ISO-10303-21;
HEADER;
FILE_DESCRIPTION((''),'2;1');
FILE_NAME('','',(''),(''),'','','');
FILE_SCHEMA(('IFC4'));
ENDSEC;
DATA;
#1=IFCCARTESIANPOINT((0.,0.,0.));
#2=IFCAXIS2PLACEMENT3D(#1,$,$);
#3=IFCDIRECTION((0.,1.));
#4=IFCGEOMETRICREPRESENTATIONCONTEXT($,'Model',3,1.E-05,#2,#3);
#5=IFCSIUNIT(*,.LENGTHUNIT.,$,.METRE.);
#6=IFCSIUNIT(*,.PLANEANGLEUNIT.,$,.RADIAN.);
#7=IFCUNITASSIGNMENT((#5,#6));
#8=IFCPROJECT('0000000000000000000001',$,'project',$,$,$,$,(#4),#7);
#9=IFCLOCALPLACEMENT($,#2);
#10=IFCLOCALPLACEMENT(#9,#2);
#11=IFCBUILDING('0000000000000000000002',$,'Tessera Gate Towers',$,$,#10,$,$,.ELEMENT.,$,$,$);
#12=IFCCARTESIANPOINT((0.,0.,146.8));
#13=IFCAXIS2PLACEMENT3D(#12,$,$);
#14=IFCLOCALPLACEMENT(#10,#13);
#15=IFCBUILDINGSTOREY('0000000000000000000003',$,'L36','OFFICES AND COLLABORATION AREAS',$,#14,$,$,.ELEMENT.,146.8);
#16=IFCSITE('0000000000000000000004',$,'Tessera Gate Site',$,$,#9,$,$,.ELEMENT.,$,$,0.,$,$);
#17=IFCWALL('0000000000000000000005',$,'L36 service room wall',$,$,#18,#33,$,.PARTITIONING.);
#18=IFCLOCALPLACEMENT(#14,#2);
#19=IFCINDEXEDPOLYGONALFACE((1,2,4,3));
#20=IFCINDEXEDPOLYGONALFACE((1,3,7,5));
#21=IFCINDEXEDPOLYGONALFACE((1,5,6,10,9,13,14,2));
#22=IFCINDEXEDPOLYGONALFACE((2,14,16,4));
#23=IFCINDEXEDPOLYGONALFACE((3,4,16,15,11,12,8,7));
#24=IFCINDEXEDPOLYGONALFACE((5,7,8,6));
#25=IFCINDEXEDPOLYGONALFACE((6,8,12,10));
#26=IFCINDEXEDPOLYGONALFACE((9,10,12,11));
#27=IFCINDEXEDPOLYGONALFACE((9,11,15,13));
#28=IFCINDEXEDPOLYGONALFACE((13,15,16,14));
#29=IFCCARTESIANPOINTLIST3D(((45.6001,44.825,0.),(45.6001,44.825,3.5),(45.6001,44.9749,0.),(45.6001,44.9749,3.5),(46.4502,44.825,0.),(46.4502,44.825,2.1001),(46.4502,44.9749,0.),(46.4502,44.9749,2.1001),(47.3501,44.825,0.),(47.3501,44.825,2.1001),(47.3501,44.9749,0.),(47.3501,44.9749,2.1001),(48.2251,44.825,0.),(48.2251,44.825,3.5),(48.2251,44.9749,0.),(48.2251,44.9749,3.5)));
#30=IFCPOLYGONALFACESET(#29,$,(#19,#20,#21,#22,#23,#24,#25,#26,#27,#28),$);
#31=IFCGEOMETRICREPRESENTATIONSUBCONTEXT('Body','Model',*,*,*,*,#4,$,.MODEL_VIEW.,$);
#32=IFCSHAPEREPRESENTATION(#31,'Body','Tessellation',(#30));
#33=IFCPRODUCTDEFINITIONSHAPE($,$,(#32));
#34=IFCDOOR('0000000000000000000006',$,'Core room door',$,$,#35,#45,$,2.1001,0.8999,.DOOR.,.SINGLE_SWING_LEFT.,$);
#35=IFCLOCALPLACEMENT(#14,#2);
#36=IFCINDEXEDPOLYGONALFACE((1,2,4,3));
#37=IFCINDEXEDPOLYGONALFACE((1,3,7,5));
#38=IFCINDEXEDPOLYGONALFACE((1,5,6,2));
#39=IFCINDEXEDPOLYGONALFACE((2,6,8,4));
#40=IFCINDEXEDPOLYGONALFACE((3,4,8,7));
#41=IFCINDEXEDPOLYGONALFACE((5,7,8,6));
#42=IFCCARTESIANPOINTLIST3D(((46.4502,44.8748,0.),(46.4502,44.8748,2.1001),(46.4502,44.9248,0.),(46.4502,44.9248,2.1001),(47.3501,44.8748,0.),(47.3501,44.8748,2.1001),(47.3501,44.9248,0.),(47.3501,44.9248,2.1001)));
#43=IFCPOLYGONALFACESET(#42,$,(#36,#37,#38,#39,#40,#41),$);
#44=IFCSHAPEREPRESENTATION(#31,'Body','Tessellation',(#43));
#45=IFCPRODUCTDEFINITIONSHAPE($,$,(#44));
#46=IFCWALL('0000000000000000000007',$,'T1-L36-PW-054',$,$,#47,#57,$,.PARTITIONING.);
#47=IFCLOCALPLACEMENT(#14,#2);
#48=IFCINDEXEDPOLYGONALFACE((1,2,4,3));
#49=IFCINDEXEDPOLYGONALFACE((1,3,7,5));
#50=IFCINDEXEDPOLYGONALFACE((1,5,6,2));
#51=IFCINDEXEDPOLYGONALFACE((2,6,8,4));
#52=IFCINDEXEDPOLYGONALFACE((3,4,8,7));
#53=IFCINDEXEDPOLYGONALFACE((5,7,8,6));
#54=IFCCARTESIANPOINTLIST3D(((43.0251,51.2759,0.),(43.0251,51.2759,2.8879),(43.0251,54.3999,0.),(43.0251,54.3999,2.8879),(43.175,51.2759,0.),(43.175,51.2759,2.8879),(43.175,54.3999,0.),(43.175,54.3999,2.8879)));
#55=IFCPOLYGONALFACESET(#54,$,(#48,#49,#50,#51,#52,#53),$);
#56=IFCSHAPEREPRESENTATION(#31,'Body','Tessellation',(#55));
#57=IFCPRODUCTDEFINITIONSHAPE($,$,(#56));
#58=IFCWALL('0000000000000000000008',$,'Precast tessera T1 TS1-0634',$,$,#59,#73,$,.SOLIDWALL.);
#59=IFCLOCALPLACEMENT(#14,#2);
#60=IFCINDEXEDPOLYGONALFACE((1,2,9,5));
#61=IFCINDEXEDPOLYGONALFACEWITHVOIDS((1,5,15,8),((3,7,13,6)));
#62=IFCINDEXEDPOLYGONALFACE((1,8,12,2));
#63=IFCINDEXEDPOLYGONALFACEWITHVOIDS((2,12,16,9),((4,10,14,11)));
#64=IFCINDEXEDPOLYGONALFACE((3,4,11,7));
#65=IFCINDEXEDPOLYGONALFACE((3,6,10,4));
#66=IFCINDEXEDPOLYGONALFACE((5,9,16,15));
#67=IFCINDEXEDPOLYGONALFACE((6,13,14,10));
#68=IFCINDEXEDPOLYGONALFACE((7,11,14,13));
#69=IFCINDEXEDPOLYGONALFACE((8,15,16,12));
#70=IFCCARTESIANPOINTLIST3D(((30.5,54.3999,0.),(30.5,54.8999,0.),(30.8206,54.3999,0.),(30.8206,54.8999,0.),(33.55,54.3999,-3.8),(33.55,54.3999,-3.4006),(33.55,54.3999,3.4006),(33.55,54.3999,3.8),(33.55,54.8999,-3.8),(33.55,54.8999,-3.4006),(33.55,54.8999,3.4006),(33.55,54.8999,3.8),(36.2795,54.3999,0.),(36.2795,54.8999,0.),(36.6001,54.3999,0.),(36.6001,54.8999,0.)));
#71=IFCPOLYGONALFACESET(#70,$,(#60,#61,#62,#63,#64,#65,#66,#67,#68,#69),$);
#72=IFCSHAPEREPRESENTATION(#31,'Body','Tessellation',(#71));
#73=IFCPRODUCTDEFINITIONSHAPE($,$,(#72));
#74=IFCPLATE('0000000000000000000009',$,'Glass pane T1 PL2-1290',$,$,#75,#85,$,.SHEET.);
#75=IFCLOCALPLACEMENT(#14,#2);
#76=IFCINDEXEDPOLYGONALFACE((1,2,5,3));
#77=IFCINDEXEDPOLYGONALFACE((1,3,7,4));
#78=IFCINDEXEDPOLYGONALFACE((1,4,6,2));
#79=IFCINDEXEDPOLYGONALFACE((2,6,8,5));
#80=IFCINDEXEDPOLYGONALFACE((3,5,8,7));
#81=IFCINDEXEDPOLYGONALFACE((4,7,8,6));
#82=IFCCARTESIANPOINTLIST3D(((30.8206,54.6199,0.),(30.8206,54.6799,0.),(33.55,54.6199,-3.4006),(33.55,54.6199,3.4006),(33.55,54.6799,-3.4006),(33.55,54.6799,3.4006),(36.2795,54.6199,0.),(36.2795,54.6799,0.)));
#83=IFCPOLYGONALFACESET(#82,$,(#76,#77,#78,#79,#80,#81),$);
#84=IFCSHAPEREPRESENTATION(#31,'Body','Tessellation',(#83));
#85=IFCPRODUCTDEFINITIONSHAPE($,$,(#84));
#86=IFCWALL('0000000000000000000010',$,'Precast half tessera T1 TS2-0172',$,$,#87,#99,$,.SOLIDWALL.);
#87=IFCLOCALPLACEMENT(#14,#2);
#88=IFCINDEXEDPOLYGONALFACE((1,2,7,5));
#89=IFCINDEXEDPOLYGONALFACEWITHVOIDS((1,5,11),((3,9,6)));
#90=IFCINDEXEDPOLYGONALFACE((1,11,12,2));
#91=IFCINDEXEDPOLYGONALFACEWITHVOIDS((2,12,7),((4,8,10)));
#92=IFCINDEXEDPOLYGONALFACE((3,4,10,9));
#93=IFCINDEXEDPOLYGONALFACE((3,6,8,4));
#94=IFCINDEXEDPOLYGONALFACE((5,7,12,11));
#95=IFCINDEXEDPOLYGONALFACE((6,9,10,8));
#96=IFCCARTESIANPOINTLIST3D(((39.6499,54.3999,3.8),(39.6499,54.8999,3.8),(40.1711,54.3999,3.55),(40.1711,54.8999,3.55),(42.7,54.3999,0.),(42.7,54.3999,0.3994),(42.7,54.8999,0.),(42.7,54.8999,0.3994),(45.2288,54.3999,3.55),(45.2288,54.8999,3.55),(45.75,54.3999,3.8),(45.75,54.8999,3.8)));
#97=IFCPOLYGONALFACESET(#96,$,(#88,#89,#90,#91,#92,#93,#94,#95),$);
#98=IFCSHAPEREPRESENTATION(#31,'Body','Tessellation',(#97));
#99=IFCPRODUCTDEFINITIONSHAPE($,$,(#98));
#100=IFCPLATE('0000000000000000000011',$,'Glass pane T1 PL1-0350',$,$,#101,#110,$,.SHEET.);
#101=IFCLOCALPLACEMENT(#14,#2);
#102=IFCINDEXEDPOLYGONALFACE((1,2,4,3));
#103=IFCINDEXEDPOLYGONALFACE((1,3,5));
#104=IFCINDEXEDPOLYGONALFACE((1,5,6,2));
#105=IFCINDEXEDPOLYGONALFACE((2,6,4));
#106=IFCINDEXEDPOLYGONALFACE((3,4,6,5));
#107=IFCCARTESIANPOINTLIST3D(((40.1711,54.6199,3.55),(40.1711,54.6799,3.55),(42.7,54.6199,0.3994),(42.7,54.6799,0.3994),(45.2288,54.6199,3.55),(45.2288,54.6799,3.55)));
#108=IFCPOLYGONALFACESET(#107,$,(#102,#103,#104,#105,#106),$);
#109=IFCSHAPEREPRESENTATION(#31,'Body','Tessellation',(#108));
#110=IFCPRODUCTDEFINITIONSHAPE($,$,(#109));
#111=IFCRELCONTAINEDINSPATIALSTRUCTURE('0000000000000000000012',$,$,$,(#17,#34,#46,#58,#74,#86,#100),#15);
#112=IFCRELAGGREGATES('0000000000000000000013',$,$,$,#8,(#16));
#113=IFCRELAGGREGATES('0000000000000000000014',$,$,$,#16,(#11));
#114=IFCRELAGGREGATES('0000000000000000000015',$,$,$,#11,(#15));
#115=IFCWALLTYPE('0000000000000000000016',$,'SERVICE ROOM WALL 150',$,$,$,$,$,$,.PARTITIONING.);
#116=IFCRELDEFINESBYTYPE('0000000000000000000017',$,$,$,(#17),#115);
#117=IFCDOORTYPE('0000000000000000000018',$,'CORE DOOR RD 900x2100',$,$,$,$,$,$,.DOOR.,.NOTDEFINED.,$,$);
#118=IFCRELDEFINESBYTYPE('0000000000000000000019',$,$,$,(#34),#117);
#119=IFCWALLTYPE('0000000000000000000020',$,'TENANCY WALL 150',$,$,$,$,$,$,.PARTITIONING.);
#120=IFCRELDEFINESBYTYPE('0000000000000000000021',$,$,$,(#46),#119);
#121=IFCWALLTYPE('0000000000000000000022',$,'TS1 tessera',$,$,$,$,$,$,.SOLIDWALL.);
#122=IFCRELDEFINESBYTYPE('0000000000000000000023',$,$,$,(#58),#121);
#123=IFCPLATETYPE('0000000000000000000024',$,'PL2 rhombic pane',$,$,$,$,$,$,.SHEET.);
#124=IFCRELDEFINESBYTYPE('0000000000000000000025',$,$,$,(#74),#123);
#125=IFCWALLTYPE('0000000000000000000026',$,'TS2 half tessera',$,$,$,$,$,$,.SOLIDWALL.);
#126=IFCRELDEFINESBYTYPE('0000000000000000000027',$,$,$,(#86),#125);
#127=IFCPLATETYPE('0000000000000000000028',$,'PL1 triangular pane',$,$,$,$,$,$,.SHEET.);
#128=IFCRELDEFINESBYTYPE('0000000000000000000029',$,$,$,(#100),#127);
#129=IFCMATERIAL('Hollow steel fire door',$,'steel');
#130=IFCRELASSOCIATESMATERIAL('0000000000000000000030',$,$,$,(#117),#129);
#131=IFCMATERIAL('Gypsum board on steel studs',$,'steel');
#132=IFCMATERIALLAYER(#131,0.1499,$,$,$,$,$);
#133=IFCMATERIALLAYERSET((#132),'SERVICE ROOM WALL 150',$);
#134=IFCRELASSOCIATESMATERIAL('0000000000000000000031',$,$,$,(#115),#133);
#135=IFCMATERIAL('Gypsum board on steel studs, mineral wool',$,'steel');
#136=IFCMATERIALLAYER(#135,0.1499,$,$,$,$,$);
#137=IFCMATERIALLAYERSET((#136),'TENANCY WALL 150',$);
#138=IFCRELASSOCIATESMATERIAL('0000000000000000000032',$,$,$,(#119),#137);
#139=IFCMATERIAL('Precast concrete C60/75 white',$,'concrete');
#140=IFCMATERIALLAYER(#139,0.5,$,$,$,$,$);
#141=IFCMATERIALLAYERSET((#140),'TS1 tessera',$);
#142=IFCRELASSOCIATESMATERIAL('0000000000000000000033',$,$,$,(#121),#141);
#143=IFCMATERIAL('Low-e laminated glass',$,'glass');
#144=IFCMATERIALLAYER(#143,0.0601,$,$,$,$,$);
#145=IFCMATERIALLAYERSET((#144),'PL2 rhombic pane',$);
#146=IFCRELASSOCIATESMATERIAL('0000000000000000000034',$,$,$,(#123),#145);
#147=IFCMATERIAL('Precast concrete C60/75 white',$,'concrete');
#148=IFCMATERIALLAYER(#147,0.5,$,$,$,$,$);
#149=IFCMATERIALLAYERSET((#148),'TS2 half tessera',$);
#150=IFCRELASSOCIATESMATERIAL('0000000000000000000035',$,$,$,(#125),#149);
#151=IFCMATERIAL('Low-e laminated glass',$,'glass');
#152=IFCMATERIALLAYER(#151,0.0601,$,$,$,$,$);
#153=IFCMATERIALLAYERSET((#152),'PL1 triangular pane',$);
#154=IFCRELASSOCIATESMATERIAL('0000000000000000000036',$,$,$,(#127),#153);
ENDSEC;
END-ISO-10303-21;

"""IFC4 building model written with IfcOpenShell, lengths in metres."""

from ifc_helpers import new_model, si_unit, direction, frame, frame_2d, origin, place, context, subcontext, project, spatial, polyline, rectangle, outline, extrude, source, transform, mapped, material, layer, layer_set, type_object, element, fill, save


model = new_model("IFC4")

# Units and contexts
model_context = context("Model", 3, precision=1e-05, world=origin(), true_north=direction((0.0, 1.0)))
body_context = subcontext(model_context, "Body", "Model", "MODEL_VIEW")
ifc_project = project(units=[si_unit("LENGTHUNIT", "METRE"), si_unit("PLANEANGLEUNIT", "RADIAN")], contexts=[model_context])

# Site, building, storey
site_placement = place(None, origin())
site = spatial("IfcSite", under=ifc_project, at=site_placement, Name="Tessera Gate Site", CompositionType="ELEMENT", RefElevation=0.0)
building_placement = place(site_placement, origin())
building = spatial("IfcBuilding", under=site, at=building_placement, Name="Tessera Gate Towers", CompositionType="ELEMENT")
storey_placement = place(building_placement, frame((0.0, 0.0, 146.8)))
storey = spatial("IfcBuildingStorey", under=building, at=storey_placement, Name="L36", Description="OFFICES AND COLLABORATION AREAS", CompositionType="ELEMENT", Elevation=146.8)

# Shared definitions
ifc_material_1 = material(Name="Hollow steel fire door", Category="steel")
door_type_1 = type_object("IfcDoorType", Name="CORE DOOR RD 900x2100", OperationType="NOTDEFINED", PredefinedType="DOOR", material=ifc_material_1)
shared_shape_1 = source(origin(), body_context, "Body", "SweptSolid", [
    extrude(rectangle(XDim=0.8999, YDim=2.1001, at=frame_2d((0.45, 1.05))), frame((0.0, 0.0249, 0.0), z_axis=(0.0, -1.0, 0.0), x_axis=(1.0, 0.0, 0.0)), (0.0, 0.0, 1.0), 0.05),
])

# Shared definitions
ifc_material_2 = material(Name="Gypsum board on steel studs", Category="steel")
ifc_layer_1 = layer(ifc_material_2, 0.1499)
ifc_layer_set_1 = layer_set([ifc_layer_1], Name="SERVICE ROOM WALL 150")
wall_type_1 = type_object("IfcWallType", Name="SERVICE ROOM WALL 150", PredefinedType="PARTITIONING", material=ifc_layer_set_1)
shared_shape_2 = source(origin(), body_context, "Body", "SweptSolid", [
    extrude(rectangle(XDim=0.8999, YDim=2.1001, at=frame_2d((0.45, 1.05))), frame((0.0, 0.085, 0.0), z_axis=(0.0, -1.0, 0.0), x_axis=(1.0, 0.0, 0.0)), (0.0, 0.0, 1.0), 0.1699),
])

# Wall, opening, door
wall_1_placement = place(storey_placement, frame((45.6001, 44.8999, 0.0), z_axis=(0.0, 0.0, 1.0), x_axis=(1.0, 0.0, 0.0)))
wall_1 = element("IfcWall", 1, at=wall_1_placement, inside=storey, type_object=wall_type_1, Name="L36 service room wall", PredefinedType="PARTITIONING", context=body_context, shape_type="SweptSolid", body=[
    extrude(rectangle(XDim=2.625, YDim=0.1499, at=frame_2d((1.3125, 0.0))), origin(), (0.0, 0.0, 1.0), 3.5),
])
opening_1_placement = place(wall_1_placement, frame((0.8501, 0.0, 0.0)))
opening_1 = element("IfcOpeningElement", 2, at=opening_1_placement, cuts=wall_1, PredefinedType="OPENING", context=body_context, shape_type="MappedRepresentation", body=[
    mapped(shared_shape_2, transform((0.0, 0.0, 0.0), scale=1.0)),
])
door_1_placement = place(opening_1_placement, origin())
door_1 = element("IfcDoor", 3, at=door_1_placement, inside=storey, type_object=door_type_1, Name="Core room door", OperationType="SINGLE_SWING_LEFT", OverallHeight=2.1001, OverallWidth=0.8999, PredefinedType="DOOR", context=body_context, shape_type="MappedRepresentation", body=[
    mapped(shared_shape_1, transform((0.0, 0.0, 0.0), scale=1.0)),
])
fill(opening_1, door_1)

# Wall
ifc_material_3 = material(Name="Gypsum board on steel studs, mineral wool", Category="steel")
ifc_layer_2 = layer(ifc_material_3, 0.1499)
ifc_layer_set_2 = layer_set([ifc_layer_2], Name="TENANCY WALL 150")
wall_type_2 = type_object("IfcWallType", Name="TENANCY WALL 150", PredefinedType="PARTITIONING", material=ifc_layer_set_2)
wall_2_placement = place(storey_placement, frame((43.1001, 51.2759, 0.0), z_axis=(0.0, 0.0, 1.0), x_axis=(0.0, 1.0, 0.0)))
element("IfcWall", 4, at=wall_2_placement, inside=storey, type_object=wall_type_2, Name="T1-L36-PW-054", PredefinedType="PARTITIONING", context=body_context, shape_type="SweptSolid", body=[
    extrude(rectangle(XDim=3.124, YDim=0.1499, at=frame_2d((1.562, 0.0))), origin(), (0.0, 0.0, 1.0), 2.8879),
])

# Walls, openings, plates
ifc_material_4 = material(Name="Precast concrete C60/75 white", Category="concrete")
ifc_layer_3 = layer(ifc_material_4, 0.5)
ifc_layer_set_3 = layer_set([ifc_layer_3], Name="TS1 tessera")
wall_type_3 = type_object("IfcWallType", Name="TS1 tessera", PredefinedType="SOLIDWALL", material=ifc_layer_set_3)
shared_shape_3 = source(origin(), body_context, "Body", "SweptSolid", [
    extrude(outline(polyline([(3.05, 0.0), (6.1001, 3.8), (3.05, 7.6001), (0.0, 3.8), (3.05, 0.0)])), frame((0.0, 0.25, 0.0), z_axis=(0.0, -1.0, 0.0), x_axis=(1.0, 0.0, 0.0)), (0.0, 0.0, 1.0), 0.5),
])
wall_3_placement = place(storey_placement, frame((36.6001, 54.6499, -3.8), z_axis=(0.0, 0.0, 1.0), x_axis=(-1.0, 0.0, 0.0)))
wall_3 = element("IfcWall", 5, at=wall_3_placement, inside=storey, type_object=wall_type_3, Name="Precast tessera T1 TS1-0634", PredefinedType="SOLIDWALL", context=body_context, shape_type="MappedRepresentation", body=[
    mapped(shared_shape_3, transform((0.0, 0.0, 0.0), scale=1.0)),
])
shared_shape_4 = source(origin(), body_context, "Body", "SweptSolid", [
    extrude(outline(polyline([(3.05, 0.3994), (5.7795, 3.8), (3.05, 7.2007), (0.3206, 3.8), (3.05, 0.3994)])), frame((0.0, 0.26, 0.0), z_axis=(0.0, -1.0, 0.0), x_axis=(1.0, 0.0, 0.0)), (0.0, 0.0, 1.0), 0.52),
])
opening_2_placement = place(wall_3_placement, origin())
opening_2 = element("IfcOpeningElement", 6, at=opening_2_placement, cuts=wall_3, PredefinedType="OPENING", context=body_context, shape_type="MappedRepresentation", body=[
    mapped(shared_shape_4, transform((0.0, 0.0, 0.0), scale=1.0)),
])
ifc_material_5 = material(Name="Low-e laminated glass", Category="glass")
ifc_layer_4 = layer(ifc_material_5, 0.0601)
ifc_layer_set_4 = layer_set([ifc_layer_4], Name="PL2 rhombic pane")
plate_type_1 = type_object("IfcPlateType", Name="PL2 rhombic pane", PredefinedType="SHEET", material=ifc_layer_set_4)
shared_shape_5 = source(origin(), body_context, "Body", "SweptSolid", [
    extrude(outline(polyline([(3.05, 0.3994), (5.7795, 3.8), (3.05, 7.2007), (0.3206, 3.8), (3.05, 0.3994)])), frame((0.0, 0.03, 0.0), z_axis=(0.0, -1.0, 0.0), x_axis=(1.0, 0.0, 0.0)), (0.0, 0.0, 1.0), 0.0601),
])
plate_1_placement = place(opening_2_placement, origin())
plate_1 = element("IfcPlate", 7, at=plate_1_placement, inside=storey, type_object=plate_type_1, Name="Glass pane T1 PL2-1290", PredefinedType="SHEET", context=body_context, shape_type="MappedRepresentation", body=[
    mapped(shared_shape_5, transform((0.0, 0.0, 0.0), scale=1.0)),
])
fill(opening_2, plate_1)
ifc_material_6 = material(Name="Precast concrete C60/75 white", Category="concrete")
ifc_layer_5 = layer(ifc_material_6, 0.5)
ifc_layer_set_5 = layer_set([ifc_layer_5], Name="TS2 half tessera")
wall_type_4 = type_object("IfcWallType", Name="TS2 half tessera", PredefinedType="SOLIDWALL", material=ifc_layer_set_5)
shared_shape_6 = source(origin(), body_context, "Body", "SweptSolid", [
    extrude(outline(polyline([(3.05, 0.0), (6.1001, 3.8), (0.0, 3.8), (3.05, 0.0)])), frame((0.0, 0.25, 0.0), z_axis=(0.0, -1.0, 0.0), x_axis=(1.0, 0.0, 0.0)), (0.0, 0.0, 1.0), 0.5),
])
wall_4_placement = place(storey_placement, frame((45.75, 54.6499, 0.0), z_axis=(0.0, 0.0, 1.0), x_axis=(-1.0, 0.0, 0.0)))
wall_4 = element("IfcWall", 8, at=wall_4_placement, inside=storey, type_object=wall_type_4, Name="Precast half tessera T1 TS2-0172", PredefinedType="SOLIDWALL", context=body_context, shape_type="MappedRepresentation", body=[
    mapped(shared_shape_6, transform((0.0, 0.0, 0.0), scale=1.0)),
])
shared_shape_7 = source(origin(), body_context, "Body", "SweptSolid", [
    extrude(outline(polyline([(3.05, 0.3994), (5.5789, 3.55), (0.5212, 3.55), (3.05, 0.3994)])), frame((0.0, 0.26, 0.0), z_axis=(0.0, -1.0, 0.0), x_axis=(1.0, 0.0, 0.0)), (0.0, 0.0, 1.0), 0.52),
])
opening_3_placement = place(wall_4_placement, origin())
opening_3 = element("IfcOpeningElement", 9, at=opening_3_placement, cuts=wall_4, PredefinedType="OPENING", context=body_context, shape_type="MappedRepresentation", body=[
    mapped(shared_shape_7, transform((0.0, 0.0, 0.0), scale=1.0)),
])
ifc_material_7 = material(Name="Low-e laminated glass", Category="glass")
ifc_layer_6 = layer(ifc_material_7, 0.0601)
ifc_layer_set_6 = layer_set([ifc_layer_6], Name="PL1 triangular pane")
plate_type_2 = type_object("IfcPlateType", Name="PL1 triangular pane", PredefinedType="SHEET", material=ifc_layer_set_6)
shared_shape_8 = source(origin(), body_context, "Body", "SweptSolid", [
    extrude(outline(polyline([(3.05, 0.3994), (5.5789, 3.55), (0.5212, 3.55), (3.05, 0.3994)])), frame((0.0, 0.03, 0.0), z_axis=(0.0, -1.0, 0.0), x_axis=(1.0, 0.0, 0.0)), (0.0, 0.0, 1.0), 0.0601),
])
plate_2_placement = place(opening_3_placement, origin())
plate_2 = element("IfcPlate", 10, at=plate_2_placement, inside=storey, type_object=plate_type_2, Name="Glass pane T1 PL1-0350", PredefinedType="SHEET", context=body_context, shape_type="MappedRepresentation", body=[
    mapped(shared_shape_8, transform((0.0, 0.0, 0.0), scale=1.0)),
])
fill(opening_3, plate_2)

save(model, "model.ifc")
